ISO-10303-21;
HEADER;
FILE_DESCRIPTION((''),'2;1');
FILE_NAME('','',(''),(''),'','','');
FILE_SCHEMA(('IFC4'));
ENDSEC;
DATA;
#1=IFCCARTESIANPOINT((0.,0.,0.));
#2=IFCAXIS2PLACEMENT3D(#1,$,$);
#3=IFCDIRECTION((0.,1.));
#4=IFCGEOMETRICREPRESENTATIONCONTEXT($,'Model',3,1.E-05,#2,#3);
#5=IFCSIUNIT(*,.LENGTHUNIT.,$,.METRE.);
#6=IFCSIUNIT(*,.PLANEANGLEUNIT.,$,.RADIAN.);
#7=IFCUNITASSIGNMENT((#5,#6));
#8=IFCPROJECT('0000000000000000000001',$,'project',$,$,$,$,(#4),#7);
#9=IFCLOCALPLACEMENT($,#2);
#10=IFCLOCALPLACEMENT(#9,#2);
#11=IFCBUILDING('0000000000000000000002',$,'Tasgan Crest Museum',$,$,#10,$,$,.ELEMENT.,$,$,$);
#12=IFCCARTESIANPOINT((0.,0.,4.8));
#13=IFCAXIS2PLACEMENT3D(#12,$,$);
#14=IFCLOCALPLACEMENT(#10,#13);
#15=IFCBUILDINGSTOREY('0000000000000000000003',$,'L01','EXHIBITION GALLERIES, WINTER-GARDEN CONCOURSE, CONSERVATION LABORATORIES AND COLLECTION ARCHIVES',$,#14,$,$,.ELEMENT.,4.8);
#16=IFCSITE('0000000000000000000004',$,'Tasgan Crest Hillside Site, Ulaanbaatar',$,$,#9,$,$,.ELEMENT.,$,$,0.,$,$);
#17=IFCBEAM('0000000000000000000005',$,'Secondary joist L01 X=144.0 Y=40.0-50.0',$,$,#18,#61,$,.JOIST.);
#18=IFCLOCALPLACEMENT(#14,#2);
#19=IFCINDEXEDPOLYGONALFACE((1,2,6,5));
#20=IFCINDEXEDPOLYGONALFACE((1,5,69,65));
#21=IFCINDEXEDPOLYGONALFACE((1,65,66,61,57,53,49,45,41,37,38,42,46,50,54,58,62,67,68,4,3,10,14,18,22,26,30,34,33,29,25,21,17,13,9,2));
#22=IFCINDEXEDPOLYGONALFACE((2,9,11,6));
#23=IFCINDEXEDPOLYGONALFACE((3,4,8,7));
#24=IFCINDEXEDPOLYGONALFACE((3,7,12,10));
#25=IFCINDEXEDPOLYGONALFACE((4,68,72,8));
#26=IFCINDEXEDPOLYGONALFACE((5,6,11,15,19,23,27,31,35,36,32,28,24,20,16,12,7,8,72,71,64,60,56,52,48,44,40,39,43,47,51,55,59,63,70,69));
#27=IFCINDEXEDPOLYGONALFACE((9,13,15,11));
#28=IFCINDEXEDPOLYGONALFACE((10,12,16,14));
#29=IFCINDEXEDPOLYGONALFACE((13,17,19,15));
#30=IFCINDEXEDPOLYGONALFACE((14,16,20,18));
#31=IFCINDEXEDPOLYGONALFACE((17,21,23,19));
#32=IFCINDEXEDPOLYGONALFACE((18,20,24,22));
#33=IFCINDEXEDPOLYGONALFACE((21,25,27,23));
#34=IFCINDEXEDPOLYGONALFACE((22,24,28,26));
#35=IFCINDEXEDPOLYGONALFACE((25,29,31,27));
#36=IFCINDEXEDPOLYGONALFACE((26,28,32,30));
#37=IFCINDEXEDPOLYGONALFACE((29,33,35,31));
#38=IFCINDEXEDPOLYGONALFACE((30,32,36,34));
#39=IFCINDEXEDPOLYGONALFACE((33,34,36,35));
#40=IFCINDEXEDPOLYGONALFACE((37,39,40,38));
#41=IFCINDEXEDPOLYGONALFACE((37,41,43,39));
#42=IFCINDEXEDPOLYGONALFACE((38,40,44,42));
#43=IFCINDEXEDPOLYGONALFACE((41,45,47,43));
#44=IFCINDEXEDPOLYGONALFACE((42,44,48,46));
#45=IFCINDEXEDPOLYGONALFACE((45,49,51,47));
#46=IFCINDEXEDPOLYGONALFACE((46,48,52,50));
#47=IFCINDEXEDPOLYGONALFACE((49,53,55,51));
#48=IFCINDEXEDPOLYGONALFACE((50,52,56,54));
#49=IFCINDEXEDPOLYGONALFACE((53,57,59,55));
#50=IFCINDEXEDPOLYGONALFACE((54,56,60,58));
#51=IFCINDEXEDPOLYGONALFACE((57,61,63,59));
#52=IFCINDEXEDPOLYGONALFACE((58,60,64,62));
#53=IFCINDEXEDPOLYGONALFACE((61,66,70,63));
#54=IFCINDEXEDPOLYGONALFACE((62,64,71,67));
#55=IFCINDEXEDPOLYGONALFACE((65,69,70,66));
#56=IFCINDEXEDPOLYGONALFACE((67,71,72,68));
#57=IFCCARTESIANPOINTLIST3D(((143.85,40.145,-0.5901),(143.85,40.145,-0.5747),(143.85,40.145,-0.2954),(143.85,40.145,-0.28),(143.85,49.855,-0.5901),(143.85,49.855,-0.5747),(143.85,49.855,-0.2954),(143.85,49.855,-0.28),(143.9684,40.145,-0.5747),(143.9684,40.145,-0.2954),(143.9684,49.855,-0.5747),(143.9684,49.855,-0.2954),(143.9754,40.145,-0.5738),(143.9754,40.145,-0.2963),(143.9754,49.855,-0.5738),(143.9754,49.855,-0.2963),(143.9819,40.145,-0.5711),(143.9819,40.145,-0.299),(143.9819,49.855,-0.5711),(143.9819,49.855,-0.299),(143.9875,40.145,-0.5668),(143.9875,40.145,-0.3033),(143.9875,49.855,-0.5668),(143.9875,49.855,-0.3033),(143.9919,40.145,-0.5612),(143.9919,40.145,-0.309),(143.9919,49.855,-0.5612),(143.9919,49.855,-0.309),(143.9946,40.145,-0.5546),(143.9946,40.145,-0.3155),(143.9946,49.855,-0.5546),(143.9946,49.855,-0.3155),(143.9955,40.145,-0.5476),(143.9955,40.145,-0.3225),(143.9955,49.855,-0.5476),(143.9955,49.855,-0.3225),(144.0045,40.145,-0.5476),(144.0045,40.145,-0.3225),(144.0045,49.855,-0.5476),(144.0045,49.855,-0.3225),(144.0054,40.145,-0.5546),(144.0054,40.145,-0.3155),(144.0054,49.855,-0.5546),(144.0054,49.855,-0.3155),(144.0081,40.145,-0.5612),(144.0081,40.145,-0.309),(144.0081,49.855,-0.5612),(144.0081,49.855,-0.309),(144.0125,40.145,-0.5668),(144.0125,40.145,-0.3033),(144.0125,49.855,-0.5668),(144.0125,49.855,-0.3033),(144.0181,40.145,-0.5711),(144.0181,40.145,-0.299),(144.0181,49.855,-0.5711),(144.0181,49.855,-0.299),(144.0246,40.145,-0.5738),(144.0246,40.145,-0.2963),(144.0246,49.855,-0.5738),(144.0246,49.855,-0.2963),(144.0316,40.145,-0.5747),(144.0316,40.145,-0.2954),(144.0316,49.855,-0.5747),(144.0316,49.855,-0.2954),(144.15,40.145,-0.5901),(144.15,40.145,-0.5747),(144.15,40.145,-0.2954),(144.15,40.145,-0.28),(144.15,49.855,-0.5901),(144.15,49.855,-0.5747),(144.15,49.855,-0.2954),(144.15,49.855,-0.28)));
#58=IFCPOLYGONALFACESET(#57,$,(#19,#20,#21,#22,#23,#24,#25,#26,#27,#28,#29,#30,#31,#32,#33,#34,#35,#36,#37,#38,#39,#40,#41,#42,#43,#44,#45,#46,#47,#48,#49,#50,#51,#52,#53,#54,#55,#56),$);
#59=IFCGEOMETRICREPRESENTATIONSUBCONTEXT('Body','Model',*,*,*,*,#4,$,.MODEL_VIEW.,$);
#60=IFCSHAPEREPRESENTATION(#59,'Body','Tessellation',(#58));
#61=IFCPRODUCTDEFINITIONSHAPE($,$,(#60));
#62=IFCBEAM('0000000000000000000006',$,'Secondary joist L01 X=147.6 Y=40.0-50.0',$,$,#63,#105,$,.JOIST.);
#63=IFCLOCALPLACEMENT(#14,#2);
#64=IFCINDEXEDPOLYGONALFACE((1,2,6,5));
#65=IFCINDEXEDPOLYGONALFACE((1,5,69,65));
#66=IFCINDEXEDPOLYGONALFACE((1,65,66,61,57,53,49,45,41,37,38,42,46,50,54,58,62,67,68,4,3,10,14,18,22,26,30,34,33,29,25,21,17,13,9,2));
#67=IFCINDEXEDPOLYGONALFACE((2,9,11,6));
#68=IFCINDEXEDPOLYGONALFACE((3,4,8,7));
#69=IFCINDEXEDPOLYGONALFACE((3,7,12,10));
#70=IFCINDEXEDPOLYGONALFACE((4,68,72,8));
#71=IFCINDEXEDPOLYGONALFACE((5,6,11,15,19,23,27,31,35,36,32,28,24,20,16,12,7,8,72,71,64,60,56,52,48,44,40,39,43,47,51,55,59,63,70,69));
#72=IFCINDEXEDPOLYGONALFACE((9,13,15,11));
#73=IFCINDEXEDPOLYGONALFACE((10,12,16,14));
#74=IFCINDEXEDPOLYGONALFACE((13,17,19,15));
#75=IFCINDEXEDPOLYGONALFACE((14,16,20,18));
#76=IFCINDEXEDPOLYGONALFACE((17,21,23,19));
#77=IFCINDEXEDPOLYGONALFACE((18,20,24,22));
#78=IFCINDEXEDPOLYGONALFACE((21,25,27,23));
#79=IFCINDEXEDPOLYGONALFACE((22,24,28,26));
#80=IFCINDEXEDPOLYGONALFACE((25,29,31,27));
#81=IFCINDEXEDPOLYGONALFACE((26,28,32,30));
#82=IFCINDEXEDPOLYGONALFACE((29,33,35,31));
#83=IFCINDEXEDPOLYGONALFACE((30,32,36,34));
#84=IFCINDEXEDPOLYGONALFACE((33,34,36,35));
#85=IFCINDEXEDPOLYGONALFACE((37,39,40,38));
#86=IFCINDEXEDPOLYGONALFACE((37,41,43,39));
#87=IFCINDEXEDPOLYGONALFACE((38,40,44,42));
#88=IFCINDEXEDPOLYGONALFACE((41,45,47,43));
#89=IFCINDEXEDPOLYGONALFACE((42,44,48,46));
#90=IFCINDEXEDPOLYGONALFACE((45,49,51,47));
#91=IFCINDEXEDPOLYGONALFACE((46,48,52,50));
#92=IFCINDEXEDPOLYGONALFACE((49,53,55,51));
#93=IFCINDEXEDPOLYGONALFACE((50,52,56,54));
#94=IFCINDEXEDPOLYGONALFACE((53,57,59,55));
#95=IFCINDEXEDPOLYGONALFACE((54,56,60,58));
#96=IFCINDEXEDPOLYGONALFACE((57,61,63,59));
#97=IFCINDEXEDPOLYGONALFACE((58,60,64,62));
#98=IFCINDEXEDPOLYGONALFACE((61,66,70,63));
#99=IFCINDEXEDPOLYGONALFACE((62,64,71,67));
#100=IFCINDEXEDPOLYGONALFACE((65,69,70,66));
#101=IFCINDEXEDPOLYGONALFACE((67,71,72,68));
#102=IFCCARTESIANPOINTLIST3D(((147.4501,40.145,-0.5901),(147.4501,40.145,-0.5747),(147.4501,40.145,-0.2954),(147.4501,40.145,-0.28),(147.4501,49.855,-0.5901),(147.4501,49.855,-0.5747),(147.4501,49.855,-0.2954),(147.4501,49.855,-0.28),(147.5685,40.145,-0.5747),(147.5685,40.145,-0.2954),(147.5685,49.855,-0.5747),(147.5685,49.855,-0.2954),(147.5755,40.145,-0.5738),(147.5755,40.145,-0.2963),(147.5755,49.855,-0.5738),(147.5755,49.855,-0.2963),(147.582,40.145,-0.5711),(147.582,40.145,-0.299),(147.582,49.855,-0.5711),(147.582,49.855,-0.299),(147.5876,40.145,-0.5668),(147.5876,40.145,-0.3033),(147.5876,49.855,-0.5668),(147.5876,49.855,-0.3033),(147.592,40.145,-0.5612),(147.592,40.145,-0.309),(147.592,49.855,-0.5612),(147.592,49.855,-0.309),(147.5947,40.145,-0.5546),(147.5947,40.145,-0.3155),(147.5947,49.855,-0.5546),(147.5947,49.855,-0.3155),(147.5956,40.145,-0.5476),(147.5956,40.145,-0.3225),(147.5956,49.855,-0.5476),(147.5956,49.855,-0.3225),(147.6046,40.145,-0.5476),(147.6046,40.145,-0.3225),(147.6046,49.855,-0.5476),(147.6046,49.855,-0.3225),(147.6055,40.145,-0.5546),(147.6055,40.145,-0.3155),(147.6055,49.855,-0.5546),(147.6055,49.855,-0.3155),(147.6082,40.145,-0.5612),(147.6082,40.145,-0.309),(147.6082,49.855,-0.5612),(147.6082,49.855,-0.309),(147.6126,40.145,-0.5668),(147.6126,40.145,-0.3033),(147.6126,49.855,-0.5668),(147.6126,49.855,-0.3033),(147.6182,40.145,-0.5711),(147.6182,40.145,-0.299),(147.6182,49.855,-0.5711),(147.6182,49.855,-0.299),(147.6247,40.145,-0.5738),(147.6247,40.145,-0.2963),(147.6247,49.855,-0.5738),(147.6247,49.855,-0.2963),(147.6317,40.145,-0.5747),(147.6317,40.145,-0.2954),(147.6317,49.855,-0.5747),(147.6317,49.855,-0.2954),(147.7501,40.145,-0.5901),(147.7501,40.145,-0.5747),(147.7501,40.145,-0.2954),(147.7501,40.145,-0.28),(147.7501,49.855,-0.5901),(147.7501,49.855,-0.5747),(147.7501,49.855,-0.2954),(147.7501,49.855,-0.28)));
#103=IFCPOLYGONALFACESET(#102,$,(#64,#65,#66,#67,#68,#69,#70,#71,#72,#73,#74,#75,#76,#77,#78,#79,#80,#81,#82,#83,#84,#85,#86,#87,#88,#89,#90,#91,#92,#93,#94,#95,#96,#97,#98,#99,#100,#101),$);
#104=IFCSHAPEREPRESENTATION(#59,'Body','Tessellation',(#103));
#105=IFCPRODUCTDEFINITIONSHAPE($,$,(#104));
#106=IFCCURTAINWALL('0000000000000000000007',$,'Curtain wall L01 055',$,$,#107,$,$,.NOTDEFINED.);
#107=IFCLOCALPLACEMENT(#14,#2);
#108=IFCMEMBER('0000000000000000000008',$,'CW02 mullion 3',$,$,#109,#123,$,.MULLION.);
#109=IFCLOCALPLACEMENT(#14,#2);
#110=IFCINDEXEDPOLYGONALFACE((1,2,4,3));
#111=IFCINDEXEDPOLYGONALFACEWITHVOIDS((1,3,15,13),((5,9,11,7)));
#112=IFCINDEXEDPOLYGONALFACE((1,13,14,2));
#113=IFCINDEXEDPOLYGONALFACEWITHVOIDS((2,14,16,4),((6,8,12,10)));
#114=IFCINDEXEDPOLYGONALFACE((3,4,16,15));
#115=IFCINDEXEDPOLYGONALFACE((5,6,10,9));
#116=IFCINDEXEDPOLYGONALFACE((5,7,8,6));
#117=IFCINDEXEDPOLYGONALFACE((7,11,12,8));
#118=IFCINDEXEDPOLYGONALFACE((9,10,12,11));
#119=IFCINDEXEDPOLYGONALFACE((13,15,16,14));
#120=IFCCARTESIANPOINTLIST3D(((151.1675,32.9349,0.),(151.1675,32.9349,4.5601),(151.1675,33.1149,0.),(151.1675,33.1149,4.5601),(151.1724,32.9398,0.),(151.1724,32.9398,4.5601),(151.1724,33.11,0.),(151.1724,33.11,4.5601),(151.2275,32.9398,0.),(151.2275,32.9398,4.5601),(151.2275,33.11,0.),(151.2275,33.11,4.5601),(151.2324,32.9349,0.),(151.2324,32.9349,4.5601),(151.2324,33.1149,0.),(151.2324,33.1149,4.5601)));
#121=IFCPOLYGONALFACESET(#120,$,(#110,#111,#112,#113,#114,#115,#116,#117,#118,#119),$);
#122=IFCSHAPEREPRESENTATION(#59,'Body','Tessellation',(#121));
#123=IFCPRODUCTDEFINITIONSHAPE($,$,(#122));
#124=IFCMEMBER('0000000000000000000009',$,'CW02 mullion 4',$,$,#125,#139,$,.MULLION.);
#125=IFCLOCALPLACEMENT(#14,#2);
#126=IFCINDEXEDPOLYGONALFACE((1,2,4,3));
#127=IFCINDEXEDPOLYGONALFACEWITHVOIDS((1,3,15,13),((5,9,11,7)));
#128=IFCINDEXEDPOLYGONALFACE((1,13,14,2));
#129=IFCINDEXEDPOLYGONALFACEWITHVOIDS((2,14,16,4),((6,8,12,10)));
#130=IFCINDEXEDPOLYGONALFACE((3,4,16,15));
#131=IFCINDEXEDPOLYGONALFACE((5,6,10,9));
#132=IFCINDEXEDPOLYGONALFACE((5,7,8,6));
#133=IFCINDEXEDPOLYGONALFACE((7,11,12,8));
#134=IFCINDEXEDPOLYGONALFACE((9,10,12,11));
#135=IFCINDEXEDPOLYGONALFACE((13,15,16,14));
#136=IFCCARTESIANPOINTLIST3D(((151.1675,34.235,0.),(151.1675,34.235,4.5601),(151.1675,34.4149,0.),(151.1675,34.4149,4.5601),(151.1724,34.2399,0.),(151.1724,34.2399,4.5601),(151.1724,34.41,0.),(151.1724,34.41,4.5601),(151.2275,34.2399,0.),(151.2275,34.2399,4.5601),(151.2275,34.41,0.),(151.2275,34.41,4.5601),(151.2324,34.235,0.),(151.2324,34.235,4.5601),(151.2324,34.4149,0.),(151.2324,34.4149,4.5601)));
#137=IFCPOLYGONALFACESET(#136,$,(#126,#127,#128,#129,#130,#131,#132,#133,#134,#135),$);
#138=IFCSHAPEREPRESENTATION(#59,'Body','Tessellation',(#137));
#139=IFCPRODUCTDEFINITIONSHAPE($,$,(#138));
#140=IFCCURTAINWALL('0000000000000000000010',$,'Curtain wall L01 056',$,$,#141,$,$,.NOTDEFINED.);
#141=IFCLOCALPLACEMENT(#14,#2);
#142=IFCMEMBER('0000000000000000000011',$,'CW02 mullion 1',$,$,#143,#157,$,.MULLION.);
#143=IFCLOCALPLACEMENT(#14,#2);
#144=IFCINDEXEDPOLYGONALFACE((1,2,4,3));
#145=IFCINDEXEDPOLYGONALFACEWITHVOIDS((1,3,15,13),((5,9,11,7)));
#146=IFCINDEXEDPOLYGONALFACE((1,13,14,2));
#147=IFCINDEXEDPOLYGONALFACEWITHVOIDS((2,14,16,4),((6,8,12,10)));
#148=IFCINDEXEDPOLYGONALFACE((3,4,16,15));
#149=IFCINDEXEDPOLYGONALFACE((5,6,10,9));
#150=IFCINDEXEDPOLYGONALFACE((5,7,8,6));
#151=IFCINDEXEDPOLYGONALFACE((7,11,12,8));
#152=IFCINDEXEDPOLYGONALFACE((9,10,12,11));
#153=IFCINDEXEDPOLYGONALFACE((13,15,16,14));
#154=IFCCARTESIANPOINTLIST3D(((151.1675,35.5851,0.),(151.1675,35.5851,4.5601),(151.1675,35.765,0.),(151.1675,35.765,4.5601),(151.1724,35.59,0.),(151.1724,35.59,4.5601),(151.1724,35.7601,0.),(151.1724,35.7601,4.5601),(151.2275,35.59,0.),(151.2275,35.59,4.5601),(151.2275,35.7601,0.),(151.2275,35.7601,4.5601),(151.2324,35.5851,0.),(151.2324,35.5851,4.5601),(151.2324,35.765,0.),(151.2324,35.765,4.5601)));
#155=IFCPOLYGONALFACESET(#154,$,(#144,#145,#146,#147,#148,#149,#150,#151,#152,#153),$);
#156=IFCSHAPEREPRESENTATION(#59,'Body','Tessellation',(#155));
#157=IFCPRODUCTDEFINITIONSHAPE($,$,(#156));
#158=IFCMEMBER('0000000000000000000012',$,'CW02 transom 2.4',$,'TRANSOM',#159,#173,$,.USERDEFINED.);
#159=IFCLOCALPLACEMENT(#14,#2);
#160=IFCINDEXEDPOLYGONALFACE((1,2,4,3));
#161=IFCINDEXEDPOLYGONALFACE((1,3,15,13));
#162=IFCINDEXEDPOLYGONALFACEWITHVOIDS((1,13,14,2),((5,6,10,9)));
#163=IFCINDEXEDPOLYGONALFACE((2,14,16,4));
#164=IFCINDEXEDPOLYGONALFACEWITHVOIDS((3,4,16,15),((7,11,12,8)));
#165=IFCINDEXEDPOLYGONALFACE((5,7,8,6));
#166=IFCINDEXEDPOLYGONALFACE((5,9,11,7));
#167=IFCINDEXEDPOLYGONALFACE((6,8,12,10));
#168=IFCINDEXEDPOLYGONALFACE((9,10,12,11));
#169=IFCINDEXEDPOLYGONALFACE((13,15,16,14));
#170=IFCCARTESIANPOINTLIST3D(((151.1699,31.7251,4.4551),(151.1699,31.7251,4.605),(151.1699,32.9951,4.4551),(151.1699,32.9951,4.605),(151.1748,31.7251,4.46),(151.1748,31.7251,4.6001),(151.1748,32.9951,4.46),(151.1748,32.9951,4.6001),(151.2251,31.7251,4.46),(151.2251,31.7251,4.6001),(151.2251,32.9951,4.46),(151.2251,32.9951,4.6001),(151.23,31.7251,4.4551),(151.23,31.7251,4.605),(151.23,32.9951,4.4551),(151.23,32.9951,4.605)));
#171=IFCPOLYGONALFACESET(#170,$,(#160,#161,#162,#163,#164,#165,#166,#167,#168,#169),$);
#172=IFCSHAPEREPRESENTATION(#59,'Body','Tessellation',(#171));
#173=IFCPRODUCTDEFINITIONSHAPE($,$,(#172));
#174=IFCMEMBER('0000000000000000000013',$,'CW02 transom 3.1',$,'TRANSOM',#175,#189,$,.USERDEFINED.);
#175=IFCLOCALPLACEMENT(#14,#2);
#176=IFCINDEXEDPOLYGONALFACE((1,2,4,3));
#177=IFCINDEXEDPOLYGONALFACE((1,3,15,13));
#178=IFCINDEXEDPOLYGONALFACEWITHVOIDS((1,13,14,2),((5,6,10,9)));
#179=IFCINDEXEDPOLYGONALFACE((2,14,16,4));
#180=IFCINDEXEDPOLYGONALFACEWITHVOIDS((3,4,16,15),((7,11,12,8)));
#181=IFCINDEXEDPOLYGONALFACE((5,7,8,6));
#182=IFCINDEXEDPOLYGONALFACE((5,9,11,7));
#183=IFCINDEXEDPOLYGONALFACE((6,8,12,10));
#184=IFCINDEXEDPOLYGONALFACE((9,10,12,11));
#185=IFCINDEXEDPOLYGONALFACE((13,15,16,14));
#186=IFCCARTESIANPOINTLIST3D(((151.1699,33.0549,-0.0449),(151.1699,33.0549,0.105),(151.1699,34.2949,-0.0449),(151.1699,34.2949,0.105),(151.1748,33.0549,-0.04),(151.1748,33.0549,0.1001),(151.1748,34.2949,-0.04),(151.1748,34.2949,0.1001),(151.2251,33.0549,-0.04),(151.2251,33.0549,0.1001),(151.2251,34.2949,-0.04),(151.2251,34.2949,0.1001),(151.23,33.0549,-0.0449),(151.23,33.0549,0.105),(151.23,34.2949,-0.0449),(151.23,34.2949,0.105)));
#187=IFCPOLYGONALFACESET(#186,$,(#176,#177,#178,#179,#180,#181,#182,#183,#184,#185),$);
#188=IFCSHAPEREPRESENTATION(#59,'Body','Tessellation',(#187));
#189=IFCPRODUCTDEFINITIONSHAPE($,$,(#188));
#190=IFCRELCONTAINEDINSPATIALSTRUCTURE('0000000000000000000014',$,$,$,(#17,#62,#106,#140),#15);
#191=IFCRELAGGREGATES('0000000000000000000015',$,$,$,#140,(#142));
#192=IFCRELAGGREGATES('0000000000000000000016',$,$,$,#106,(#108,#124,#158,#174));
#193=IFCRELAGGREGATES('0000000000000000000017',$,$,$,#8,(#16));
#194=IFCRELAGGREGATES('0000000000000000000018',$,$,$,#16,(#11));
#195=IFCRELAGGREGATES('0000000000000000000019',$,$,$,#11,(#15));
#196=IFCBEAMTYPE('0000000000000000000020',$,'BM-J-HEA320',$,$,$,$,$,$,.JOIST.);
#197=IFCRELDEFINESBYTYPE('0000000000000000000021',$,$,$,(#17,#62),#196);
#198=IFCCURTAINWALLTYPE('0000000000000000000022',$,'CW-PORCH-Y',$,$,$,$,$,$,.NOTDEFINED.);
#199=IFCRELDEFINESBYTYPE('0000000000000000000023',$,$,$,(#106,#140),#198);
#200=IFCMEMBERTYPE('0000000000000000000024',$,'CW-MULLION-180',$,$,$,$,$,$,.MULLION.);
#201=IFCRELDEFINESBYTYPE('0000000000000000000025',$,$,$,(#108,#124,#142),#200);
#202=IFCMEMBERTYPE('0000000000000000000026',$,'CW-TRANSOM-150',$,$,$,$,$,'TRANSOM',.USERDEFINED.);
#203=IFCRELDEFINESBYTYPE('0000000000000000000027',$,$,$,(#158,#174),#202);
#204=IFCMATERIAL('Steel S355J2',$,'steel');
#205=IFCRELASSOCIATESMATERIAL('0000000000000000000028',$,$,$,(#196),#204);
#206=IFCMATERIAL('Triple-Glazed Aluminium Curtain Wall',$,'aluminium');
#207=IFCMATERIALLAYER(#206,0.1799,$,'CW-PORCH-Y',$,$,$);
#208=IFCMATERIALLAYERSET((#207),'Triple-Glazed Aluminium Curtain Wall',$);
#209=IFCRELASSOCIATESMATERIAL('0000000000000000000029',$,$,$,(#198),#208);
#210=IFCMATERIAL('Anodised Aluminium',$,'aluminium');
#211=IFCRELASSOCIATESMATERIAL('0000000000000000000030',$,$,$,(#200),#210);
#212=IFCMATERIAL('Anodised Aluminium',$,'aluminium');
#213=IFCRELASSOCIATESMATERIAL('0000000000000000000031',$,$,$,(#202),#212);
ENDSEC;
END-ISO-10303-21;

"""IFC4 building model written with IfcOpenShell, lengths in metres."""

from ifc_helpers import new_model, si_unit, direction, frame, origin, origin_2d, place, context, subcontext, project, spatial, hollow_rectangle, i_section, extrude, material, layer, layer_set, material_profile, profile_set, type_object, element, aggregate, save


model = new_model("IFC4")

# Units and contexts
model_context = context("Model", 3, precision=1e-05, world=origin(), true_north=direction((0.0, 1.0)))
body_context = subcontext(model_context, "Body", "Model", "MODEL_VIEW")
ifc_project = project(units=[si_unit("LENGTHUNIT", "METRE"), si_unit("PLANEANGLEUNIT", "RADIAN")], contexts=[model_context])

# Site, building, storey
site_placement = place(None, origin())
site = spatial("IfcSite", under=ifc_project, at=site_placement, Name="Tasgan Crest Hillside Site, Ulaanbaatar", CompositionType="ELEMENT", RefElevation=0.0)
building_placement = place(site_placement, origin())
building = spatial("IfcBuilding", under=site, at=building_placement, Name="Tasgan Crest Museum", CompositionType="ELEMENT")
storey_placement = place(building_placement, frame((0.0, 0.0, 4.8)))
storey = spatial("IfcBuildingStorey", under=building, at=storey_placement, Name="L01", Description="EXHIBITION GALLERIES, WINTER-GARDEN CONCOURSE, CONSERVATION LABORATORIES AND COLLECTION ARCHIVES", CompositionType="ELEMENT", Elevation=4.8)

# Beams
ifc_material_1 = material(Name="Steel S355J2", Category="steel")
ifc_material_profile_1 = material_profile(ifc_material_1, i_section(OverallWidth=0.3, OverallDepth=0.3101, WebThickness=0.009, FlangeThickness=0.0154, FilletRadius=0.0271, at=origin_2d()), Name="HEA 320")
ifc_profile_set_1 = profile_set([ifc_material_profile_1], Name="Steel S355J2")
beam_type_1 = type_object("IfcBeamType", Name="BM-J-HEA320", PredefinedType="JOIST", material=ifc_profile_set_1)
for number, where, z_axis, x_axis, name in (
    (1, (144.0, 40.145, -0.4351), (0.0, 1.0, 0.0), (-1.0, 0.0, 0.0), "Secondary joist L01 X=144.0 Y=40.0-50.0"),
    (2, (147.6001, 40.145, -0.4351), (0.0, 1.0, 0.0), (-1.0, 0.0, 0.0), "Secondary joist L01 X=147.6 Y=40.0-50.0"),
):
    element("IfcBeam", number, at=place(storey_placement, frame(where, z_axis=z_axis, x_axis=x_axis)), inside=storey, type_object=beam_type_1, Name=name, PredefinedType="JOIST", context=body_context, shape_type="SweptSolid", body=[
        extrude(i_section(OverallWidth=0.3, OverallDepth=0.3101, WebThickness=0.009, FlangeThickness=0.0154, FilletRadius=0.0271, at=origin_2d()), origin(), (0.0, 0.0, 1.0), 9.71),
    ])

# Curtain wall, members
ifc_material_2 = material(Name="Triple-Glazed Aluminium Curtain Wall", Category="aluminium")
ifc_layer_1 = layer(ifc_material_2, 0.1799, Name="CW-PORCH-Y")
ifc_layer_set_1 = layer_set([ifc_layer_1], Name="Triple-Glazed Aluminium Curtain Wall")
curtain_wall_type = type_object("IfcCurtainWallType", Name="CW-PORCH-Y", PredefinedType="NOTDEFINED", material=ifc_layer_set_1)
curtain_wall_1_placement = place(storey_placement, origin())
curtain_wall_1 = element("IfcCurtainWall", 3, at=curtain_wall_1_placement, inside=storey, type_object=curtain_wall_type, Name="Curtain wall L01 055", PredefinedType="NOTDEFINED")
ifc_material_3 = material(Name="Anodised Aluminium", Category="aluminium")
ifc_material_profile_2 = material_profile(ifc_material_3, hollow_rectangle(XDim=0.0649, YDim=0.1799, WallThickness=0.0049, at=origin_2d()), Name="ALU MULLION 180x65x5")
ifc_profile_set_2 = profile_set([ifc_material_profile_2], Name="Anodised Aluminium")
member_type_1 = type_object("IfcMemberType", Name="CW-MULLION-180", PredefinedType="MULLION", material=ifc_profile_set_2)
member_1_placement = place(storey_placement, frame((151.2, 33.0249, 0.0), z_axis=(0.0, 0.0, 1.0), x_axis=(-1.0, 0.0, 0.0)))
member_1 = element("IfcMember", 4, at=member_1_placement, type_object=member_type_1, Name="CW02 mullion 3", PredefinedType="MULLION", context=body_context, shape_type="SweptSolid", body=[
    extrude(hollow_rectangle(XDim=0.0649, YDim=0.1799, WallThickness=0.0049, at=origin_2d()), origin(), (0.0, 0.0, 1.0), 4.5601),
])
member_2_placement = place(storey_placement, frame((151.2, 34.325, 0.0), z_axis=(0.0, 0.0, 1.0), x_axis=(-1.0, 0.0, 0.0)))
member_2 = element("IfcMember", 5, at=member_2_placement, type_object=member_type_1, Name="CW02 mullion 4", PredefinedType="MULLION", context=body_context, shape_type="SweptSolid", body=[
    extrude(hollow_rectangle(XDim=0.0649, YDim=0.1799, WallThickness=0.0049, at=origin_2d()), origin(), (0.0, 0.0, 1.0), 4.5601),
])

# Curtain wall, member
curtain_wall_2_placement = place(storey_placement, origin())
curtain_wall_2 = element("IfcCurtainWall", 6, at=curtain_wall_2_placement, inside=storey, type_object=curtain_wall_type, Name="Curtain wall L01 056", PredefinedType="NOTDEFINED")
member_3_placement = place(storey_placement, frame((151.2, 35.675, 0.0), z_axis=(0.0, 0.0, 1.0), x_axis=(-1.0, 0.0, 0.0)))
member_3 = element("IfcMember", 7, at=member_3_placement, type_object=member_type_1, Name="CW02 mullion 1", PredefinedType="MULLION", context=body_context, shape_type="SweptSolid", body=[
    extrude(hollow_rectangle(XDim=0.0649, YDim=0.1799, WallThickness=0.0049, at=origin_2d()), origin(), (0.0, 0.0, 1.0), 4.5601),
])

# Members
ifc_material_4 = material(Name="Anodised Aluminium", Category="aluminium")
ifc_material_profile_3 = material_profile(ifc_material_4, hollow_rectangle(XDim=0.0601, YDim=0.1499, WallThickness=0.0049, at=origin_2d()), Name="ALU TRANSOM 150x60x5")
ifc_profile_set_3 = profile_set([ifc_material_profile_3], Name="Anodised Aluminium")
member_type_2 = type_object("IfcMemberType", Name="CW-TRANSOM-150", ElementType="TRANSOM", PredefinedType="USERDEFINED", material=ifc_profile_set_3)
member_4_placement = place(storey_placement, frame((151.2, 31.7251, 4.53), z_axis=(0.0, 1.0, 0.0), x_axis=(-1.0, 0.0, 0.0)))
member_4 = element("IfcMember", 8, at=member_4_placement, type_object=member_type_2, Name="CW02 transom 2.4", ObjectType="TRANSOM", PredefinedType="USERDEFINED", context=body_context, shape_type="SweptSolid", body=[
    extrude(hollow_rectangle(XDim=0.0601, YDim=0.1499, WallThickness=0.0049, at=origin_2d()), origin(), (0.0, 0.0, 1.0), 1.27),
])
member_5_placement = place(storey_placement, frame((151.2, 33.0549, 0.03), z_axis=(0.0, 1.0, 0.0), x_axis=(-1.0, 0.0, 0.0)))
member_5 = element("IfcMember", 9, at=member_5_placement, type_object=member_type_2, Name="CW02 transom 3.1", ObjectType="TRANSOM", PredefinedType="USERDEFINED", context=body_context, shape_type="SweptSolid", body=[
    extrude(hollow_rectangle(XDim=0.0601, YDim=0.1499, WallThickness=0.0049, at=origin_2d()), origin(), (0.0, 0.0, 1.0), 1.24),
])
aggregate(curtain_wall_2, [member_3])

aggregate(curtain_wall_1, [member_1, member_2, member_4, member_5])

save(model, "model.ifc")
